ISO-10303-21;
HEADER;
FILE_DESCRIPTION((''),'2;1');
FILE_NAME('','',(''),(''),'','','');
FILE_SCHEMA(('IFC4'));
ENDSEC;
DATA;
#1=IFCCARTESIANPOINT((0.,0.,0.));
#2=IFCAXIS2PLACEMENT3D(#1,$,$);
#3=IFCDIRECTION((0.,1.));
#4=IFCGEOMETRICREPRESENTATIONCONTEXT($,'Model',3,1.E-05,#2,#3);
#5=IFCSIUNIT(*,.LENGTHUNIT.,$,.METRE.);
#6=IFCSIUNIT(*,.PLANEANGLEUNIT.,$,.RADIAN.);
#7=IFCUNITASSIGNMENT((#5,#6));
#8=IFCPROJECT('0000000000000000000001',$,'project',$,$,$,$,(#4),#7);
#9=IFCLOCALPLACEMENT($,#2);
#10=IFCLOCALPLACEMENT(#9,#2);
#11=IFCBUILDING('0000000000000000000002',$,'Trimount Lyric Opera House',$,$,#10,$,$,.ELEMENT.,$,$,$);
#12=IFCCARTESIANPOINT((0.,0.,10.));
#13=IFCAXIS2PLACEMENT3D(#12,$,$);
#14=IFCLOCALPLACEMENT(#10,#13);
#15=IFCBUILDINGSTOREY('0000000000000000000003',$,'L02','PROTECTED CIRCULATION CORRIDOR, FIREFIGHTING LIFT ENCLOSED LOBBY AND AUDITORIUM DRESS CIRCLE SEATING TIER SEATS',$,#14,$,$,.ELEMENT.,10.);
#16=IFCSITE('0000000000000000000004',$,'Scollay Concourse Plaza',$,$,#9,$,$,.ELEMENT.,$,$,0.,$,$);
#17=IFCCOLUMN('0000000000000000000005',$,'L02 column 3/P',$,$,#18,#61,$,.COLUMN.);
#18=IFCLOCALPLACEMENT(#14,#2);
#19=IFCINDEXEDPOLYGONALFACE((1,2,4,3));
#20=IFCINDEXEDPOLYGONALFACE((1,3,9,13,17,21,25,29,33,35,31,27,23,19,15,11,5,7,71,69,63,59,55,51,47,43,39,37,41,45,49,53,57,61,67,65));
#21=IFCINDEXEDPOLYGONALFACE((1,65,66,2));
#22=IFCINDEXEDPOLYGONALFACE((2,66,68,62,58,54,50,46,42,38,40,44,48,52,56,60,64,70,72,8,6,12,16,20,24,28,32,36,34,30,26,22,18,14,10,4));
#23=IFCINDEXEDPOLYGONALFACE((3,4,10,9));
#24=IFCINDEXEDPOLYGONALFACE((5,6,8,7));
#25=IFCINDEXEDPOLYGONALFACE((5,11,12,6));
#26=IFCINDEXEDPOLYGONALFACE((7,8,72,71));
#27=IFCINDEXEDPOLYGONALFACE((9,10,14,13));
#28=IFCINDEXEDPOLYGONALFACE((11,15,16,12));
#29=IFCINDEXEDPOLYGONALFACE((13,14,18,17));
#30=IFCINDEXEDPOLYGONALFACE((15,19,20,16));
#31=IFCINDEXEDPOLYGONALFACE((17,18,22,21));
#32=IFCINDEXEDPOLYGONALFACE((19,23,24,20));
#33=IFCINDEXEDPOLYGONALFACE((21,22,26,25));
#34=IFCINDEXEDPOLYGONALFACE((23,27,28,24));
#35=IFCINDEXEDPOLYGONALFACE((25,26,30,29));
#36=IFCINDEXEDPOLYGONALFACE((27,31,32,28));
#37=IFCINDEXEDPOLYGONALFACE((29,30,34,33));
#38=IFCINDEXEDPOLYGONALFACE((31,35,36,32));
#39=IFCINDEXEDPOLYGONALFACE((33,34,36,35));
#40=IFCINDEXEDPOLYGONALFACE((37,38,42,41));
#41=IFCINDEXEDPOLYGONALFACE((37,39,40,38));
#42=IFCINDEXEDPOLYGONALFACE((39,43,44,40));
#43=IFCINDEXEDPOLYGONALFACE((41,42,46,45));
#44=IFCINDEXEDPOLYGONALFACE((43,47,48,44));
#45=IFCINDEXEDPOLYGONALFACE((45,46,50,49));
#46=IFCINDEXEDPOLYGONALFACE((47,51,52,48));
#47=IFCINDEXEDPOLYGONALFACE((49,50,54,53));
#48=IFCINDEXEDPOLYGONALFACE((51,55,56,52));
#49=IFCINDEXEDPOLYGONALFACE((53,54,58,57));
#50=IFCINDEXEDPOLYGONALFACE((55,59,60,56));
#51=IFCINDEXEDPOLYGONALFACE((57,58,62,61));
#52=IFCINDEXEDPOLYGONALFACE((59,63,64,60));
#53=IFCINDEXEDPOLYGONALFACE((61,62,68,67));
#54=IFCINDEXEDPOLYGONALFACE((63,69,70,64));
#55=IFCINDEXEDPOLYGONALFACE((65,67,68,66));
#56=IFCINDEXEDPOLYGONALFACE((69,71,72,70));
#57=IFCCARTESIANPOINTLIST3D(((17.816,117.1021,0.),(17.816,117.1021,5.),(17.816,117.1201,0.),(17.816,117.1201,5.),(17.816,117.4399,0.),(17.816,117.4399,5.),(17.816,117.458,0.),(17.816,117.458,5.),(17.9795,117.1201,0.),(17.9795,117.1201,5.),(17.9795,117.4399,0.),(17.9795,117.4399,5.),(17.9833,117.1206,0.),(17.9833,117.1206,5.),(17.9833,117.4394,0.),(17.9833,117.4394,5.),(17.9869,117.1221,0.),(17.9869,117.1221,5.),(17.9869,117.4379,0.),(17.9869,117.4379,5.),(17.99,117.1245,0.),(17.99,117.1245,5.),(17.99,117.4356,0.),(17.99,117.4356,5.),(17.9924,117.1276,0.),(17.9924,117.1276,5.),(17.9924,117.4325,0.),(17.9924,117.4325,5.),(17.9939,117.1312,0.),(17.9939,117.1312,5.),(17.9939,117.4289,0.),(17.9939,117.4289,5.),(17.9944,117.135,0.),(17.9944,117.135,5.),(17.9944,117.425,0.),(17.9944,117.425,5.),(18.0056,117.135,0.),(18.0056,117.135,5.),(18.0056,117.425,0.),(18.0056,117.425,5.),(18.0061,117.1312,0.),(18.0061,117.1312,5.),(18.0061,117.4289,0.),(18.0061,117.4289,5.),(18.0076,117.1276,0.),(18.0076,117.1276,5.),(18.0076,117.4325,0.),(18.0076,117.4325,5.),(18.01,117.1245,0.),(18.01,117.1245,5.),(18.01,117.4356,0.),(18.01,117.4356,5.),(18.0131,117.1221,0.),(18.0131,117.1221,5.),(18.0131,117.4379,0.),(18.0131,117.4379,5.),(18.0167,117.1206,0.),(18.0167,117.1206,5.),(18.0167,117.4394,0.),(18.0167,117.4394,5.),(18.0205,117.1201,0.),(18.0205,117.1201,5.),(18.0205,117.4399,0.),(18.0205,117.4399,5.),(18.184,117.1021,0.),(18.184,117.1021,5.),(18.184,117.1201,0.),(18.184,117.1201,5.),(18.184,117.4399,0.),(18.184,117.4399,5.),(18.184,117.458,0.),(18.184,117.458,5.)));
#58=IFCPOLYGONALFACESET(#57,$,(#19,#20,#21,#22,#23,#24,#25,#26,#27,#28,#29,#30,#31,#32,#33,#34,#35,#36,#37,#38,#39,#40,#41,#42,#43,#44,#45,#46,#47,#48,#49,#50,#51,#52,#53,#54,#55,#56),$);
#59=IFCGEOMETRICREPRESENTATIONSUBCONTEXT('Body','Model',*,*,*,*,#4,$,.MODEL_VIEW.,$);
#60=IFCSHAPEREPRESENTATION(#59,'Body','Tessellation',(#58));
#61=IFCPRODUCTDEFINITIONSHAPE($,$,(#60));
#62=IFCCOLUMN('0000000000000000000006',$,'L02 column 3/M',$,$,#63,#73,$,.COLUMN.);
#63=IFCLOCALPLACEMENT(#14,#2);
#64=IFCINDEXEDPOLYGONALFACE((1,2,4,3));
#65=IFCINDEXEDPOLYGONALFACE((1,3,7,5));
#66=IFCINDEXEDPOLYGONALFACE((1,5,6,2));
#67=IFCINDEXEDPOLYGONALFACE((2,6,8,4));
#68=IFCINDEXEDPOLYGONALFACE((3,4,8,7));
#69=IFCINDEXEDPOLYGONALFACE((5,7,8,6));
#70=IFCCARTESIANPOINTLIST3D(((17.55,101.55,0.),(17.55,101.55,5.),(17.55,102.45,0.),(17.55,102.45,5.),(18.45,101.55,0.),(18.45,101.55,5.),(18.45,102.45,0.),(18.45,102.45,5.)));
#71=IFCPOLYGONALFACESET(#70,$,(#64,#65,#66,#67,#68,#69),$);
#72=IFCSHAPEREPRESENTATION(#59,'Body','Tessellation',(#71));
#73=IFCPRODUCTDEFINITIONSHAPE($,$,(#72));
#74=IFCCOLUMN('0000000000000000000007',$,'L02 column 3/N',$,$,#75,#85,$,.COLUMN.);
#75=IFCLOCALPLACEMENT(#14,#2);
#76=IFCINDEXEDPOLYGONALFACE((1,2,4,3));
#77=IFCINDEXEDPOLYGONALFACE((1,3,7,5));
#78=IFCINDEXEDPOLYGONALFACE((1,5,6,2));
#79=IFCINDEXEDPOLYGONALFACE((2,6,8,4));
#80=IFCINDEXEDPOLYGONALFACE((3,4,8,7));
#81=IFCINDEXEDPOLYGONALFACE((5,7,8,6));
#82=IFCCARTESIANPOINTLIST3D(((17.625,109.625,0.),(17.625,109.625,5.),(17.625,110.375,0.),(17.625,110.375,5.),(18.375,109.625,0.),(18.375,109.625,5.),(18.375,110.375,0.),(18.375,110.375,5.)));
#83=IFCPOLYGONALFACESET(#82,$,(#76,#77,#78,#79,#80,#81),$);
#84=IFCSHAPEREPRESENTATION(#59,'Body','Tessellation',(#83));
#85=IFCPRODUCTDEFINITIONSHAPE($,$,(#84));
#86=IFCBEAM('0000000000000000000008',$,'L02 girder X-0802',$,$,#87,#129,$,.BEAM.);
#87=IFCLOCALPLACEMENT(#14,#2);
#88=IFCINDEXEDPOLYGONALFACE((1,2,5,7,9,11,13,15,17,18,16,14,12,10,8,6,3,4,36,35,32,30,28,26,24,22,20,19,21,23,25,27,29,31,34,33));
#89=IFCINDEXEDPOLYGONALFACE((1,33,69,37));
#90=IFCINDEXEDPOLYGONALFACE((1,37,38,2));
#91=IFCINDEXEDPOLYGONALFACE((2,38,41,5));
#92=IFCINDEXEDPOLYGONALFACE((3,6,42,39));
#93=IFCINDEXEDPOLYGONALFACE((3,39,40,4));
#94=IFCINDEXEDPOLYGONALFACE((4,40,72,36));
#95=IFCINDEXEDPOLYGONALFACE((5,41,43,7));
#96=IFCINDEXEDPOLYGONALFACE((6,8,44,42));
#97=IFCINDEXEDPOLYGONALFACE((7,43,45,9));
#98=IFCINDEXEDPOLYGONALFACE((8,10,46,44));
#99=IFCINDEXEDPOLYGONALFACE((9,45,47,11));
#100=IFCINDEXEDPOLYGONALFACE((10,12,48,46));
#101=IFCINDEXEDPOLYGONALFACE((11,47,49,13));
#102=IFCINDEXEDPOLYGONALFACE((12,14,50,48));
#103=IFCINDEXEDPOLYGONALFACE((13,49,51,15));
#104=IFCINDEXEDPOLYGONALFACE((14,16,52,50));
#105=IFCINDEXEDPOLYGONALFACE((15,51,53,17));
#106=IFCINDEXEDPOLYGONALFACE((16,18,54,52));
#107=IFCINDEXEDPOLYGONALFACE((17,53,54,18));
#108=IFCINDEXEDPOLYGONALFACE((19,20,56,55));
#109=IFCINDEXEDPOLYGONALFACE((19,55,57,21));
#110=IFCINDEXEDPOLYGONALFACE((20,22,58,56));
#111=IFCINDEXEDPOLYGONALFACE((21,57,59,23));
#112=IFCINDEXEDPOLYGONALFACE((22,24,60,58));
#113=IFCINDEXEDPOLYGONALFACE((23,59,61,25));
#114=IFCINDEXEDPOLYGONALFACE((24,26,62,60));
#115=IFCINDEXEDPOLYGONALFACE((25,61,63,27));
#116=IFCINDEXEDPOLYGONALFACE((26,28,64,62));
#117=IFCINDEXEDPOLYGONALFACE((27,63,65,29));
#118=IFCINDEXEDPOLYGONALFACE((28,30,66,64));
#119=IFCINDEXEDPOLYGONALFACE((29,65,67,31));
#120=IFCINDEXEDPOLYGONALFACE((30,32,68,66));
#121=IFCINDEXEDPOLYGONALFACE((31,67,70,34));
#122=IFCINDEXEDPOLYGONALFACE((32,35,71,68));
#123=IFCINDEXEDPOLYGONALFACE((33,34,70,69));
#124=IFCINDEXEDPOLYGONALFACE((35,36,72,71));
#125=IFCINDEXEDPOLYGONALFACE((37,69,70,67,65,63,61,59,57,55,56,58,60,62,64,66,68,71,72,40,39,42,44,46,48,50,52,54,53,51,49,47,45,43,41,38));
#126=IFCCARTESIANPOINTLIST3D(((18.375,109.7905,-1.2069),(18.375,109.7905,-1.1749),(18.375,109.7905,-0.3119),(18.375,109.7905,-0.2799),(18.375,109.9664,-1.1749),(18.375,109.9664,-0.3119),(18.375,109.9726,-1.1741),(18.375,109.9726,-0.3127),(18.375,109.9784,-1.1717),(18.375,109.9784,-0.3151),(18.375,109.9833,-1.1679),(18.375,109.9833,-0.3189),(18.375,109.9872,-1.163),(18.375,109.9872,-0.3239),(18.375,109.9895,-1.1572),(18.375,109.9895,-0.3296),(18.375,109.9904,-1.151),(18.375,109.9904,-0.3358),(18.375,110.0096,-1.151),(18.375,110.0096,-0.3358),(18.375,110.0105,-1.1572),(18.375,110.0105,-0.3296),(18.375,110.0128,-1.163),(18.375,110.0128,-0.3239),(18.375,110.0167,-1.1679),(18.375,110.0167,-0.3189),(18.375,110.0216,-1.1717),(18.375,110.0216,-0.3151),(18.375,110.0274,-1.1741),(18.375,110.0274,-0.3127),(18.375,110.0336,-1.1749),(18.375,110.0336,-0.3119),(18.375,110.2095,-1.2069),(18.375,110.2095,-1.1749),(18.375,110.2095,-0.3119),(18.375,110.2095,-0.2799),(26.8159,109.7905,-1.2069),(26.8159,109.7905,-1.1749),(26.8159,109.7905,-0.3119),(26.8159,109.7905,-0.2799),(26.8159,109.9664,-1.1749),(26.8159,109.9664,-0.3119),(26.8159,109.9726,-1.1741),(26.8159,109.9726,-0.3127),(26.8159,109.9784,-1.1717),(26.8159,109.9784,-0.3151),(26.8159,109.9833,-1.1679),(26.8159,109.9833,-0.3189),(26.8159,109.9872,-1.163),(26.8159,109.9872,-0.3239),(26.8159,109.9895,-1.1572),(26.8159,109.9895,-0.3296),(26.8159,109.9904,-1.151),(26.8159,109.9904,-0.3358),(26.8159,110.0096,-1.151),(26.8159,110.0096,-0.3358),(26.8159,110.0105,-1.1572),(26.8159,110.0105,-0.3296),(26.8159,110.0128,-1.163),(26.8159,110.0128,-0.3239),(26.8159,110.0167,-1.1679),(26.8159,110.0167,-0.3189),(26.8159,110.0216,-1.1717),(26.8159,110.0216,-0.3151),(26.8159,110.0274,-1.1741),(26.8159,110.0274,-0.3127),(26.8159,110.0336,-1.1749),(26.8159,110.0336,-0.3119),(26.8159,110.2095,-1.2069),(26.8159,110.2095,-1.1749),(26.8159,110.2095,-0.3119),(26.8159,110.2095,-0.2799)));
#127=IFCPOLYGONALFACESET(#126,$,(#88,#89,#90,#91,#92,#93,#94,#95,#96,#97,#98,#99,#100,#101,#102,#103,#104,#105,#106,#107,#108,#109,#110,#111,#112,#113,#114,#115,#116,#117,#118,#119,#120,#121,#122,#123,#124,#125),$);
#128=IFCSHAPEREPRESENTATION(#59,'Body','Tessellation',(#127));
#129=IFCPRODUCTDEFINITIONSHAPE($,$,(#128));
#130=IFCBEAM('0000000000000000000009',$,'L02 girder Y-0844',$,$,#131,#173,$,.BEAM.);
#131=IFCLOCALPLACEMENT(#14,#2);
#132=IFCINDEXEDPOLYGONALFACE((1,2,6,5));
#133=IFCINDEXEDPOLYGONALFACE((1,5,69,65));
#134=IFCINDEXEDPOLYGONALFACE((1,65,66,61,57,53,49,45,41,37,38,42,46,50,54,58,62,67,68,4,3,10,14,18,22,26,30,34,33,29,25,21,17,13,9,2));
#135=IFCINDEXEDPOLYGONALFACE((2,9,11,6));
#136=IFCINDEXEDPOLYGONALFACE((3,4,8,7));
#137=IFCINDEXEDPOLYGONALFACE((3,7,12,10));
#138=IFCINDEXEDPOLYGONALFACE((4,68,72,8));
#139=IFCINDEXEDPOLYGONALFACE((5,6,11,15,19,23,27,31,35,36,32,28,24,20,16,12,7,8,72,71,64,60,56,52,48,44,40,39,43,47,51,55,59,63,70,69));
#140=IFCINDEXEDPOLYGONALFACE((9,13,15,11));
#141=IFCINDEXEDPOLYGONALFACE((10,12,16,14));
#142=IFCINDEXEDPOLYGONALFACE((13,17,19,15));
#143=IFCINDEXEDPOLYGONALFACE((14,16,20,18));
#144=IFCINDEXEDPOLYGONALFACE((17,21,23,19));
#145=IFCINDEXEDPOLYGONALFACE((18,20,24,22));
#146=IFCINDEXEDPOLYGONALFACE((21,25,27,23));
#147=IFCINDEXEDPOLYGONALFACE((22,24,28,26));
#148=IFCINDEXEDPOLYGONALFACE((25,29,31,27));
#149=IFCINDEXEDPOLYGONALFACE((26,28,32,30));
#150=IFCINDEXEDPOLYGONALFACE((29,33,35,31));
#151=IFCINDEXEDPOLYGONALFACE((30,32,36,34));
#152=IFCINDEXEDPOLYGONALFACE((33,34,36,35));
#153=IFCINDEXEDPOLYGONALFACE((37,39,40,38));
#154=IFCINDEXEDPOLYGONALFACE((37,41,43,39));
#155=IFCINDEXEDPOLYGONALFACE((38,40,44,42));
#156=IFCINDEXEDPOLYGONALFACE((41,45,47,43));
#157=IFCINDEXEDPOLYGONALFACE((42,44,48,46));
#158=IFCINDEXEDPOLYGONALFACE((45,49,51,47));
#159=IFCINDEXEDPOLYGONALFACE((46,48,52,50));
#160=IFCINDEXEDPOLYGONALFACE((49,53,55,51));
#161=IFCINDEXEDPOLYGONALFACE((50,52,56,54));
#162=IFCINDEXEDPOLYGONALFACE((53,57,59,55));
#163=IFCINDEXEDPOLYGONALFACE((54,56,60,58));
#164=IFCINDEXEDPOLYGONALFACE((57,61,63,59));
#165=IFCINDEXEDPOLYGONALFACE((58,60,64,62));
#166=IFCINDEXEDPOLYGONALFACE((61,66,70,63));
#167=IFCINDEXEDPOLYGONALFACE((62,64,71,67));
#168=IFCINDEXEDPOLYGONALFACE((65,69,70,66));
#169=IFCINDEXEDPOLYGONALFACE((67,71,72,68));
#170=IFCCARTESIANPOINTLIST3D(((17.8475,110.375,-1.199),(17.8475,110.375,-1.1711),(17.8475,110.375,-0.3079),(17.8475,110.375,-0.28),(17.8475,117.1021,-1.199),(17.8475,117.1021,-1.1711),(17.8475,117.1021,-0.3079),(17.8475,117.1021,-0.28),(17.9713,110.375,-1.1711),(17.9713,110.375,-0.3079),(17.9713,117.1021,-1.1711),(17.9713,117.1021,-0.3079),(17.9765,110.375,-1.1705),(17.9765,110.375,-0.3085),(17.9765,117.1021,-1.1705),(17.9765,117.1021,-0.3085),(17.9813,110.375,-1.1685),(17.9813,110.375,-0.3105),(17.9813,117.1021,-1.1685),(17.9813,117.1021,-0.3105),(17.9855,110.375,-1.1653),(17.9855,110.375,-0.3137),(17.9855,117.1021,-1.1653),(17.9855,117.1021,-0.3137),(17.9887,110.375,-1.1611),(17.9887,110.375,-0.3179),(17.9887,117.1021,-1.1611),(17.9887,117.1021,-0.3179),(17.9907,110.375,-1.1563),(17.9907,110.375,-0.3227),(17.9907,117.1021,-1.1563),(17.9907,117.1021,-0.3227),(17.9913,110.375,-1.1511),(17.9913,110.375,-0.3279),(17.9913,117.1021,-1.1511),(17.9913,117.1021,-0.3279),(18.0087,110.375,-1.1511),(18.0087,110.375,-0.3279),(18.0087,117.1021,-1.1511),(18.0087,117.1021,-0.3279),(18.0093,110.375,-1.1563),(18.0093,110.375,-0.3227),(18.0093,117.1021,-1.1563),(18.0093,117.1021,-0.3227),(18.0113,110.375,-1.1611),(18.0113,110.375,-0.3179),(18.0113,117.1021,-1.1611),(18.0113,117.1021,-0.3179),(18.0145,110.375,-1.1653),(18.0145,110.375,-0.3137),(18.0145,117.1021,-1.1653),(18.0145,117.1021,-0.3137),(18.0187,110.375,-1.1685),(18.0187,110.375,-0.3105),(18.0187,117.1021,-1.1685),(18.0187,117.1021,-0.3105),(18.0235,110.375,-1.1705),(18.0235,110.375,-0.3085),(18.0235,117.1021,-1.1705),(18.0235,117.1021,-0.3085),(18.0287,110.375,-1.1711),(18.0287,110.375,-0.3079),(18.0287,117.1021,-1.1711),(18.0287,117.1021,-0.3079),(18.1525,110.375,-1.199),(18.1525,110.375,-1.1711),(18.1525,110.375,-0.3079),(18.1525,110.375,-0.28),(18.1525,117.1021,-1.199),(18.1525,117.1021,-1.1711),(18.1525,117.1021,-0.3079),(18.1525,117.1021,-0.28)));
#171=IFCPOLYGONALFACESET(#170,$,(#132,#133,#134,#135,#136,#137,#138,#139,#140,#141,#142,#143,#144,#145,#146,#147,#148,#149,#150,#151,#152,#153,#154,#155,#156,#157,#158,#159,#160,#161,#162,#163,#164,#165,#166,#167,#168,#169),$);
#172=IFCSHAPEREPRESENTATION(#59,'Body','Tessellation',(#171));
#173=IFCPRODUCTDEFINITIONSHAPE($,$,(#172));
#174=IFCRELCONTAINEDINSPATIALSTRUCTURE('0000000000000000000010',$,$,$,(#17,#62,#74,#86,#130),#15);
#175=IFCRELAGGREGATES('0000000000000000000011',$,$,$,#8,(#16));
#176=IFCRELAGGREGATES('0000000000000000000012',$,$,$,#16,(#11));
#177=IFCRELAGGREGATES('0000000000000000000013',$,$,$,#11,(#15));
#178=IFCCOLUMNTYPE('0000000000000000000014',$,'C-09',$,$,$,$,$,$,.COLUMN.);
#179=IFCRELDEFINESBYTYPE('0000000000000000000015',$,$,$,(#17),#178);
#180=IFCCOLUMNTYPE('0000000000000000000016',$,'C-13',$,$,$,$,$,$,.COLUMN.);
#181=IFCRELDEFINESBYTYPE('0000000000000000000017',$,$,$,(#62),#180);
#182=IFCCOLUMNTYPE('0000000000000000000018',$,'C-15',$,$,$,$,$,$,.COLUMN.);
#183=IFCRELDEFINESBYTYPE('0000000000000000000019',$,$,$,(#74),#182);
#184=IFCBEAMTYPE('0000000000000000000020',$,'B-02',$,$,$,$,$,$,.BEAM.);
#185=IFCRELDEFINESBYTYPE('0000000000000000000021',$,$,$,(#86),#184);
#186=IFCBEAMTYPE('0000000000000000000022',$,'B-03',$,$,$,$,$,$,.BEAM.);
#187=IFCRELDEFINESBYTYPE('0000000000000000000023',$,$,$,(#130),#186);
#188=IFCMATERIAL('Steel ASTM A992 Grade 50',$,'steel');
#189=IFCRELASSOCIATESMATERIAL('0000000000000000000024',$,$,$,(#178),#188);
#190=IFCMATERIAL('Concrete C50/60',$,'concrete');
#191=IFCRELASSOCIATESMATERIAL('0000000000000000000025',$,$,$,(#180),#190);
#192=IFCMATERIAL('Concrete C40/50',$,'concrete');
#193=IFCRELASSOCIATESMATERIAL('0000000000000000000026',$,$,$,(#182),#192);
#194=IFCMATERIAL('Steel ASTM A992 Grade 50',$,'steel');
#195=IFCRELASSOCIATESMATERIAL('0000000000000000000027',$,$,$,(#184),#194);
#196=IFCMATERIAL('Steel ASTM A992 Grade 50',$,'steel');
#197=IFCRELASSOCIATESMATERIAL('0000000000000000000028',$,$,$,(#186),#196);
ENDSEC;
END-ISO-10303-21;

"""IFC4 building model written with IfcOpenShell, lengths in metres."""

from ifc_helpers import new_model, si_unit, direction, frame, origin, origin_2d, place, context, subcontext, project, spatial, rectangle, i_section, extrude, material, material_profile, profile_set, type_object, element, save


model = new_model("IFC4")

# Units and contexts
model_context = context("Model", 3, precision=1e-05, world=origin(), true_north=direction((0.0, 1.0)))
body_context = subcontext(model_context, "Body", "Model", "MODEL_VIEW")
ifc_project = project(units=[si_unit("LENGTHUNIT", "METRE"), si_unit("PLANEANGLEUNIT", "RADIAN")], contexts=[model_context])

# Site, building, storey
site_placement = place(None, origin())
site = spatial("IfcSite", under=ifc_project, at=site_placement, Name="Scollay Concourse Plaza", CompositionType="ELEMENT", RefElevation=0.0)
building_placement = place(site_placement, origin())
building = spatial("IfcBuilding", under=site, at=building_placement, Name="Trimount Lyric Opera House", CompositionType="ELEMENT")
storey_placement = place(building_placement, frame((0.0, 0.0, 10.0)))
storey = spatial("IfcBuildingStorey", under=building, at=storey_placement, Name="L02", Description="PROTECTED CIRCULATION CORRIDOR, FIREFIGHTING LIFT ENCLOSED LOBBY AND AUDITORIUM DRESS CIRCLE SEATING TIER SEATS", CompositionType="ELEMENT", Elevation=10.0)

# Columns
ifc_material_1 = material(Name="Steel ASTM A992 Grade 50", Category="steel")
ifc_material_profile_1 = material_profile(ifc_material_1, i_section(OverallWidth=0.3679, OverallDepth=0.356, WebThickness=0.0112, FlangeThickness=0.0181, FilletRadius=0.0149, at=origin_2d()), Name="W14X90")
ifc_profile_set_1 = profile_set([ifc_material_profile_1], Name="Steel ASTM A992 Grade 50")
column_type_1 = type_object("IfcColumnType", Name="C-09", PredefinedType="COLUMN", material=ifc_profile_set_1)
column_1_placement = place(storey_placement, frame((18.0, 117.28, 0.0), z_axis=(0.0, 0.0, 1.0), x_axis=(1.0, 0.0, 0.0)))
element("IfcColumn", 1, at=column_1_placement, inside=storey, type_object=column_type_1, Name="L02 column 3/P", PredefinedType="COLUMN", context=body_context, shape_type="SweptSolid", body=[
    extrude(i_section(OverallWidth=0.3679, OverallDepth=0.356, WebThickness=0.0112, FlangeThickness=0.0181, FilletRadius=0.0149, at=origin_2d()), origin(), (0.0, 0.0, 1.0), 5.0),
])
ifc_material_2 = material(Name="Concrete C50/60", Category="concrete")
ifc_material_profile_2 = material_profile(ifc_material_2, rectangle(XDim=0.8999, YDim=0.8999, at=origin_2d()), Name="RC900X900")
ifc_profile_set_2 = profile_set([ifc_material_profile_2], Name="Concrete C50/60")
column_type_2 = type_object("IfcColumnType", Name="C-13", PredefinedType="COLUMN", material=ifc_profile_set_2)
column_2_placement = place(storey_placement, frame((18.0, 102.0, 0.0), z_axis=(0.0, 0.0, 1.0), x_axis=(1.0, 0.0, 0.0)))
element("IfcColumn", 2, at=column_2_placement, inside=storey, type_object=column_type_2, Name="L02 column 3/M", PredefinedType="COLUMN", context=body_context, shape_type="SweptSolid", body=[
    extrude(rectangle(XDim=0.8999, YDim=0.8999, at=origin_2d()), origin(), (0.0, 0.0, 1.0), 5.0),
])
ifc_material_3 = material(Name="Concrete C40/50", Category="concrete")
ifc_material_profile_3 = material_profile(ifc_material_3, rectangle(XDim=0.75, YDim=0.75, at=origin_2d()), Name="RC750X750")
ifc_profile_set_3 = profile_set([ifc_material_profile_3], Name="Concrete C40/50")
column_type_3 = type_object("IfcColumnType", Name="C-15", PredefinedType="COLUMN", material=ifc_profile_set_3)
column_3_placement = place(storey_placement, frame((18.0, 110.0, 0.0), z_axis=(0.0, 0.0, 1.0), x_axis=(1.0, 0.0, 0.0)))
element("IfcColumn", 3, at=column_3_placement, inside=storey, type_object=column_type_3, Name="L02 column 3/N", PredefinedType="COLUMN", context=body_context, shape_type="SweptSolid", body=[
    extrude(rectangle(XDim=0.75, YDim=0.75, at=origin_2d()), origin(), (0.0, 0.0, 1.0), 5.0),
])

# Beams
ifc_material_4 = material(Name="Steel ASTM A992 Grade 50", Category="steel")
ifc_material_profile_4 = material_profile(ifc_material_4, i_section(OverallWidth=0.4189, OverallDepth=0.927, WebThickness=0.0193, FlangeThickness=0.032, FilletRadius=0.0239, at=origin_2d()), Name="W36X231")
ifc_profile_set_4 = profile_set([ifc_material_profile_4], Name="Steel ASTM A992 Grade 50")
beam_type_1 = type_object("IfcBeamType", Name="B-02", PredefinedType="BEAM", material=ifc_profile_set_4)
beam_1_placement = place(storey_placement, frame((18.375, 110.0, -0.7434), z_axis=(1.0, 0.0, 0.0), x_axis=(0.0, 1.0, 0.0)))
element("IfcBeam", 4, at=beam_1_placement, inside=storey, type_object=beam_type_1, Name="L02 girder X-0802", PredefinedType="BEAM", context=body_context, shape_type="SweptSolid", body=[
    extrude(i_section(OverallWidth=0.4189, OverallDepth=0.927, WebThickness=0.0193, FlangeThickness=0.032, FilletRadius=0.0239, at=origin_2d()), origin(), (0.0, 0.0, 1.0), 8.4409),
])
ifc_material_5 = material(Name="Steel ASTM A992 Grade 50", Category="steel")
ifc_material_profile_5 = material_profile(ifc_material_5, i_section(OverallWidth=0.3049, OverallDepth=0.9189, WebThickness=0.0173, FlangeThickness=0.0278, FilletRadius=0.02, at=origin_2d()), Name="W36X170")
ifc_profile_set_5 = profile_set([ifc_material_profile_5], Name="Steel ASTM A992 Grade 50")
beam_type_2 = type_object("IfcBeamType", Name="B-03", PredefinedType="BEAM", material=ifc_profile_set_5)
beam_2_placement = place(storey_placement, frame((18.0, 110.375, -0.7395), z_axis=(0.0, 1.0, 0.0), x_axis=(-1.0, 0.0, 0.0)))
element("IfcBeam", 5, at=beam_2_placement, inside=storey, type_object=beam_type_2, Name="L02 girder Y-0844", PredefinedType="BEAM", context=body_context, shape_type="SweptSolid", body=[
    extrude(i_section(OverallWidth=0.3049, OverallDepth=0.9189, WebThickness=0.0173, FlangeThickness=0.0278, FilletRadius=0.02, at=origin_2d()), origin(), (0.0, 0.0, 1.0), 6.7271),
])

save(model, "model.ifc")
